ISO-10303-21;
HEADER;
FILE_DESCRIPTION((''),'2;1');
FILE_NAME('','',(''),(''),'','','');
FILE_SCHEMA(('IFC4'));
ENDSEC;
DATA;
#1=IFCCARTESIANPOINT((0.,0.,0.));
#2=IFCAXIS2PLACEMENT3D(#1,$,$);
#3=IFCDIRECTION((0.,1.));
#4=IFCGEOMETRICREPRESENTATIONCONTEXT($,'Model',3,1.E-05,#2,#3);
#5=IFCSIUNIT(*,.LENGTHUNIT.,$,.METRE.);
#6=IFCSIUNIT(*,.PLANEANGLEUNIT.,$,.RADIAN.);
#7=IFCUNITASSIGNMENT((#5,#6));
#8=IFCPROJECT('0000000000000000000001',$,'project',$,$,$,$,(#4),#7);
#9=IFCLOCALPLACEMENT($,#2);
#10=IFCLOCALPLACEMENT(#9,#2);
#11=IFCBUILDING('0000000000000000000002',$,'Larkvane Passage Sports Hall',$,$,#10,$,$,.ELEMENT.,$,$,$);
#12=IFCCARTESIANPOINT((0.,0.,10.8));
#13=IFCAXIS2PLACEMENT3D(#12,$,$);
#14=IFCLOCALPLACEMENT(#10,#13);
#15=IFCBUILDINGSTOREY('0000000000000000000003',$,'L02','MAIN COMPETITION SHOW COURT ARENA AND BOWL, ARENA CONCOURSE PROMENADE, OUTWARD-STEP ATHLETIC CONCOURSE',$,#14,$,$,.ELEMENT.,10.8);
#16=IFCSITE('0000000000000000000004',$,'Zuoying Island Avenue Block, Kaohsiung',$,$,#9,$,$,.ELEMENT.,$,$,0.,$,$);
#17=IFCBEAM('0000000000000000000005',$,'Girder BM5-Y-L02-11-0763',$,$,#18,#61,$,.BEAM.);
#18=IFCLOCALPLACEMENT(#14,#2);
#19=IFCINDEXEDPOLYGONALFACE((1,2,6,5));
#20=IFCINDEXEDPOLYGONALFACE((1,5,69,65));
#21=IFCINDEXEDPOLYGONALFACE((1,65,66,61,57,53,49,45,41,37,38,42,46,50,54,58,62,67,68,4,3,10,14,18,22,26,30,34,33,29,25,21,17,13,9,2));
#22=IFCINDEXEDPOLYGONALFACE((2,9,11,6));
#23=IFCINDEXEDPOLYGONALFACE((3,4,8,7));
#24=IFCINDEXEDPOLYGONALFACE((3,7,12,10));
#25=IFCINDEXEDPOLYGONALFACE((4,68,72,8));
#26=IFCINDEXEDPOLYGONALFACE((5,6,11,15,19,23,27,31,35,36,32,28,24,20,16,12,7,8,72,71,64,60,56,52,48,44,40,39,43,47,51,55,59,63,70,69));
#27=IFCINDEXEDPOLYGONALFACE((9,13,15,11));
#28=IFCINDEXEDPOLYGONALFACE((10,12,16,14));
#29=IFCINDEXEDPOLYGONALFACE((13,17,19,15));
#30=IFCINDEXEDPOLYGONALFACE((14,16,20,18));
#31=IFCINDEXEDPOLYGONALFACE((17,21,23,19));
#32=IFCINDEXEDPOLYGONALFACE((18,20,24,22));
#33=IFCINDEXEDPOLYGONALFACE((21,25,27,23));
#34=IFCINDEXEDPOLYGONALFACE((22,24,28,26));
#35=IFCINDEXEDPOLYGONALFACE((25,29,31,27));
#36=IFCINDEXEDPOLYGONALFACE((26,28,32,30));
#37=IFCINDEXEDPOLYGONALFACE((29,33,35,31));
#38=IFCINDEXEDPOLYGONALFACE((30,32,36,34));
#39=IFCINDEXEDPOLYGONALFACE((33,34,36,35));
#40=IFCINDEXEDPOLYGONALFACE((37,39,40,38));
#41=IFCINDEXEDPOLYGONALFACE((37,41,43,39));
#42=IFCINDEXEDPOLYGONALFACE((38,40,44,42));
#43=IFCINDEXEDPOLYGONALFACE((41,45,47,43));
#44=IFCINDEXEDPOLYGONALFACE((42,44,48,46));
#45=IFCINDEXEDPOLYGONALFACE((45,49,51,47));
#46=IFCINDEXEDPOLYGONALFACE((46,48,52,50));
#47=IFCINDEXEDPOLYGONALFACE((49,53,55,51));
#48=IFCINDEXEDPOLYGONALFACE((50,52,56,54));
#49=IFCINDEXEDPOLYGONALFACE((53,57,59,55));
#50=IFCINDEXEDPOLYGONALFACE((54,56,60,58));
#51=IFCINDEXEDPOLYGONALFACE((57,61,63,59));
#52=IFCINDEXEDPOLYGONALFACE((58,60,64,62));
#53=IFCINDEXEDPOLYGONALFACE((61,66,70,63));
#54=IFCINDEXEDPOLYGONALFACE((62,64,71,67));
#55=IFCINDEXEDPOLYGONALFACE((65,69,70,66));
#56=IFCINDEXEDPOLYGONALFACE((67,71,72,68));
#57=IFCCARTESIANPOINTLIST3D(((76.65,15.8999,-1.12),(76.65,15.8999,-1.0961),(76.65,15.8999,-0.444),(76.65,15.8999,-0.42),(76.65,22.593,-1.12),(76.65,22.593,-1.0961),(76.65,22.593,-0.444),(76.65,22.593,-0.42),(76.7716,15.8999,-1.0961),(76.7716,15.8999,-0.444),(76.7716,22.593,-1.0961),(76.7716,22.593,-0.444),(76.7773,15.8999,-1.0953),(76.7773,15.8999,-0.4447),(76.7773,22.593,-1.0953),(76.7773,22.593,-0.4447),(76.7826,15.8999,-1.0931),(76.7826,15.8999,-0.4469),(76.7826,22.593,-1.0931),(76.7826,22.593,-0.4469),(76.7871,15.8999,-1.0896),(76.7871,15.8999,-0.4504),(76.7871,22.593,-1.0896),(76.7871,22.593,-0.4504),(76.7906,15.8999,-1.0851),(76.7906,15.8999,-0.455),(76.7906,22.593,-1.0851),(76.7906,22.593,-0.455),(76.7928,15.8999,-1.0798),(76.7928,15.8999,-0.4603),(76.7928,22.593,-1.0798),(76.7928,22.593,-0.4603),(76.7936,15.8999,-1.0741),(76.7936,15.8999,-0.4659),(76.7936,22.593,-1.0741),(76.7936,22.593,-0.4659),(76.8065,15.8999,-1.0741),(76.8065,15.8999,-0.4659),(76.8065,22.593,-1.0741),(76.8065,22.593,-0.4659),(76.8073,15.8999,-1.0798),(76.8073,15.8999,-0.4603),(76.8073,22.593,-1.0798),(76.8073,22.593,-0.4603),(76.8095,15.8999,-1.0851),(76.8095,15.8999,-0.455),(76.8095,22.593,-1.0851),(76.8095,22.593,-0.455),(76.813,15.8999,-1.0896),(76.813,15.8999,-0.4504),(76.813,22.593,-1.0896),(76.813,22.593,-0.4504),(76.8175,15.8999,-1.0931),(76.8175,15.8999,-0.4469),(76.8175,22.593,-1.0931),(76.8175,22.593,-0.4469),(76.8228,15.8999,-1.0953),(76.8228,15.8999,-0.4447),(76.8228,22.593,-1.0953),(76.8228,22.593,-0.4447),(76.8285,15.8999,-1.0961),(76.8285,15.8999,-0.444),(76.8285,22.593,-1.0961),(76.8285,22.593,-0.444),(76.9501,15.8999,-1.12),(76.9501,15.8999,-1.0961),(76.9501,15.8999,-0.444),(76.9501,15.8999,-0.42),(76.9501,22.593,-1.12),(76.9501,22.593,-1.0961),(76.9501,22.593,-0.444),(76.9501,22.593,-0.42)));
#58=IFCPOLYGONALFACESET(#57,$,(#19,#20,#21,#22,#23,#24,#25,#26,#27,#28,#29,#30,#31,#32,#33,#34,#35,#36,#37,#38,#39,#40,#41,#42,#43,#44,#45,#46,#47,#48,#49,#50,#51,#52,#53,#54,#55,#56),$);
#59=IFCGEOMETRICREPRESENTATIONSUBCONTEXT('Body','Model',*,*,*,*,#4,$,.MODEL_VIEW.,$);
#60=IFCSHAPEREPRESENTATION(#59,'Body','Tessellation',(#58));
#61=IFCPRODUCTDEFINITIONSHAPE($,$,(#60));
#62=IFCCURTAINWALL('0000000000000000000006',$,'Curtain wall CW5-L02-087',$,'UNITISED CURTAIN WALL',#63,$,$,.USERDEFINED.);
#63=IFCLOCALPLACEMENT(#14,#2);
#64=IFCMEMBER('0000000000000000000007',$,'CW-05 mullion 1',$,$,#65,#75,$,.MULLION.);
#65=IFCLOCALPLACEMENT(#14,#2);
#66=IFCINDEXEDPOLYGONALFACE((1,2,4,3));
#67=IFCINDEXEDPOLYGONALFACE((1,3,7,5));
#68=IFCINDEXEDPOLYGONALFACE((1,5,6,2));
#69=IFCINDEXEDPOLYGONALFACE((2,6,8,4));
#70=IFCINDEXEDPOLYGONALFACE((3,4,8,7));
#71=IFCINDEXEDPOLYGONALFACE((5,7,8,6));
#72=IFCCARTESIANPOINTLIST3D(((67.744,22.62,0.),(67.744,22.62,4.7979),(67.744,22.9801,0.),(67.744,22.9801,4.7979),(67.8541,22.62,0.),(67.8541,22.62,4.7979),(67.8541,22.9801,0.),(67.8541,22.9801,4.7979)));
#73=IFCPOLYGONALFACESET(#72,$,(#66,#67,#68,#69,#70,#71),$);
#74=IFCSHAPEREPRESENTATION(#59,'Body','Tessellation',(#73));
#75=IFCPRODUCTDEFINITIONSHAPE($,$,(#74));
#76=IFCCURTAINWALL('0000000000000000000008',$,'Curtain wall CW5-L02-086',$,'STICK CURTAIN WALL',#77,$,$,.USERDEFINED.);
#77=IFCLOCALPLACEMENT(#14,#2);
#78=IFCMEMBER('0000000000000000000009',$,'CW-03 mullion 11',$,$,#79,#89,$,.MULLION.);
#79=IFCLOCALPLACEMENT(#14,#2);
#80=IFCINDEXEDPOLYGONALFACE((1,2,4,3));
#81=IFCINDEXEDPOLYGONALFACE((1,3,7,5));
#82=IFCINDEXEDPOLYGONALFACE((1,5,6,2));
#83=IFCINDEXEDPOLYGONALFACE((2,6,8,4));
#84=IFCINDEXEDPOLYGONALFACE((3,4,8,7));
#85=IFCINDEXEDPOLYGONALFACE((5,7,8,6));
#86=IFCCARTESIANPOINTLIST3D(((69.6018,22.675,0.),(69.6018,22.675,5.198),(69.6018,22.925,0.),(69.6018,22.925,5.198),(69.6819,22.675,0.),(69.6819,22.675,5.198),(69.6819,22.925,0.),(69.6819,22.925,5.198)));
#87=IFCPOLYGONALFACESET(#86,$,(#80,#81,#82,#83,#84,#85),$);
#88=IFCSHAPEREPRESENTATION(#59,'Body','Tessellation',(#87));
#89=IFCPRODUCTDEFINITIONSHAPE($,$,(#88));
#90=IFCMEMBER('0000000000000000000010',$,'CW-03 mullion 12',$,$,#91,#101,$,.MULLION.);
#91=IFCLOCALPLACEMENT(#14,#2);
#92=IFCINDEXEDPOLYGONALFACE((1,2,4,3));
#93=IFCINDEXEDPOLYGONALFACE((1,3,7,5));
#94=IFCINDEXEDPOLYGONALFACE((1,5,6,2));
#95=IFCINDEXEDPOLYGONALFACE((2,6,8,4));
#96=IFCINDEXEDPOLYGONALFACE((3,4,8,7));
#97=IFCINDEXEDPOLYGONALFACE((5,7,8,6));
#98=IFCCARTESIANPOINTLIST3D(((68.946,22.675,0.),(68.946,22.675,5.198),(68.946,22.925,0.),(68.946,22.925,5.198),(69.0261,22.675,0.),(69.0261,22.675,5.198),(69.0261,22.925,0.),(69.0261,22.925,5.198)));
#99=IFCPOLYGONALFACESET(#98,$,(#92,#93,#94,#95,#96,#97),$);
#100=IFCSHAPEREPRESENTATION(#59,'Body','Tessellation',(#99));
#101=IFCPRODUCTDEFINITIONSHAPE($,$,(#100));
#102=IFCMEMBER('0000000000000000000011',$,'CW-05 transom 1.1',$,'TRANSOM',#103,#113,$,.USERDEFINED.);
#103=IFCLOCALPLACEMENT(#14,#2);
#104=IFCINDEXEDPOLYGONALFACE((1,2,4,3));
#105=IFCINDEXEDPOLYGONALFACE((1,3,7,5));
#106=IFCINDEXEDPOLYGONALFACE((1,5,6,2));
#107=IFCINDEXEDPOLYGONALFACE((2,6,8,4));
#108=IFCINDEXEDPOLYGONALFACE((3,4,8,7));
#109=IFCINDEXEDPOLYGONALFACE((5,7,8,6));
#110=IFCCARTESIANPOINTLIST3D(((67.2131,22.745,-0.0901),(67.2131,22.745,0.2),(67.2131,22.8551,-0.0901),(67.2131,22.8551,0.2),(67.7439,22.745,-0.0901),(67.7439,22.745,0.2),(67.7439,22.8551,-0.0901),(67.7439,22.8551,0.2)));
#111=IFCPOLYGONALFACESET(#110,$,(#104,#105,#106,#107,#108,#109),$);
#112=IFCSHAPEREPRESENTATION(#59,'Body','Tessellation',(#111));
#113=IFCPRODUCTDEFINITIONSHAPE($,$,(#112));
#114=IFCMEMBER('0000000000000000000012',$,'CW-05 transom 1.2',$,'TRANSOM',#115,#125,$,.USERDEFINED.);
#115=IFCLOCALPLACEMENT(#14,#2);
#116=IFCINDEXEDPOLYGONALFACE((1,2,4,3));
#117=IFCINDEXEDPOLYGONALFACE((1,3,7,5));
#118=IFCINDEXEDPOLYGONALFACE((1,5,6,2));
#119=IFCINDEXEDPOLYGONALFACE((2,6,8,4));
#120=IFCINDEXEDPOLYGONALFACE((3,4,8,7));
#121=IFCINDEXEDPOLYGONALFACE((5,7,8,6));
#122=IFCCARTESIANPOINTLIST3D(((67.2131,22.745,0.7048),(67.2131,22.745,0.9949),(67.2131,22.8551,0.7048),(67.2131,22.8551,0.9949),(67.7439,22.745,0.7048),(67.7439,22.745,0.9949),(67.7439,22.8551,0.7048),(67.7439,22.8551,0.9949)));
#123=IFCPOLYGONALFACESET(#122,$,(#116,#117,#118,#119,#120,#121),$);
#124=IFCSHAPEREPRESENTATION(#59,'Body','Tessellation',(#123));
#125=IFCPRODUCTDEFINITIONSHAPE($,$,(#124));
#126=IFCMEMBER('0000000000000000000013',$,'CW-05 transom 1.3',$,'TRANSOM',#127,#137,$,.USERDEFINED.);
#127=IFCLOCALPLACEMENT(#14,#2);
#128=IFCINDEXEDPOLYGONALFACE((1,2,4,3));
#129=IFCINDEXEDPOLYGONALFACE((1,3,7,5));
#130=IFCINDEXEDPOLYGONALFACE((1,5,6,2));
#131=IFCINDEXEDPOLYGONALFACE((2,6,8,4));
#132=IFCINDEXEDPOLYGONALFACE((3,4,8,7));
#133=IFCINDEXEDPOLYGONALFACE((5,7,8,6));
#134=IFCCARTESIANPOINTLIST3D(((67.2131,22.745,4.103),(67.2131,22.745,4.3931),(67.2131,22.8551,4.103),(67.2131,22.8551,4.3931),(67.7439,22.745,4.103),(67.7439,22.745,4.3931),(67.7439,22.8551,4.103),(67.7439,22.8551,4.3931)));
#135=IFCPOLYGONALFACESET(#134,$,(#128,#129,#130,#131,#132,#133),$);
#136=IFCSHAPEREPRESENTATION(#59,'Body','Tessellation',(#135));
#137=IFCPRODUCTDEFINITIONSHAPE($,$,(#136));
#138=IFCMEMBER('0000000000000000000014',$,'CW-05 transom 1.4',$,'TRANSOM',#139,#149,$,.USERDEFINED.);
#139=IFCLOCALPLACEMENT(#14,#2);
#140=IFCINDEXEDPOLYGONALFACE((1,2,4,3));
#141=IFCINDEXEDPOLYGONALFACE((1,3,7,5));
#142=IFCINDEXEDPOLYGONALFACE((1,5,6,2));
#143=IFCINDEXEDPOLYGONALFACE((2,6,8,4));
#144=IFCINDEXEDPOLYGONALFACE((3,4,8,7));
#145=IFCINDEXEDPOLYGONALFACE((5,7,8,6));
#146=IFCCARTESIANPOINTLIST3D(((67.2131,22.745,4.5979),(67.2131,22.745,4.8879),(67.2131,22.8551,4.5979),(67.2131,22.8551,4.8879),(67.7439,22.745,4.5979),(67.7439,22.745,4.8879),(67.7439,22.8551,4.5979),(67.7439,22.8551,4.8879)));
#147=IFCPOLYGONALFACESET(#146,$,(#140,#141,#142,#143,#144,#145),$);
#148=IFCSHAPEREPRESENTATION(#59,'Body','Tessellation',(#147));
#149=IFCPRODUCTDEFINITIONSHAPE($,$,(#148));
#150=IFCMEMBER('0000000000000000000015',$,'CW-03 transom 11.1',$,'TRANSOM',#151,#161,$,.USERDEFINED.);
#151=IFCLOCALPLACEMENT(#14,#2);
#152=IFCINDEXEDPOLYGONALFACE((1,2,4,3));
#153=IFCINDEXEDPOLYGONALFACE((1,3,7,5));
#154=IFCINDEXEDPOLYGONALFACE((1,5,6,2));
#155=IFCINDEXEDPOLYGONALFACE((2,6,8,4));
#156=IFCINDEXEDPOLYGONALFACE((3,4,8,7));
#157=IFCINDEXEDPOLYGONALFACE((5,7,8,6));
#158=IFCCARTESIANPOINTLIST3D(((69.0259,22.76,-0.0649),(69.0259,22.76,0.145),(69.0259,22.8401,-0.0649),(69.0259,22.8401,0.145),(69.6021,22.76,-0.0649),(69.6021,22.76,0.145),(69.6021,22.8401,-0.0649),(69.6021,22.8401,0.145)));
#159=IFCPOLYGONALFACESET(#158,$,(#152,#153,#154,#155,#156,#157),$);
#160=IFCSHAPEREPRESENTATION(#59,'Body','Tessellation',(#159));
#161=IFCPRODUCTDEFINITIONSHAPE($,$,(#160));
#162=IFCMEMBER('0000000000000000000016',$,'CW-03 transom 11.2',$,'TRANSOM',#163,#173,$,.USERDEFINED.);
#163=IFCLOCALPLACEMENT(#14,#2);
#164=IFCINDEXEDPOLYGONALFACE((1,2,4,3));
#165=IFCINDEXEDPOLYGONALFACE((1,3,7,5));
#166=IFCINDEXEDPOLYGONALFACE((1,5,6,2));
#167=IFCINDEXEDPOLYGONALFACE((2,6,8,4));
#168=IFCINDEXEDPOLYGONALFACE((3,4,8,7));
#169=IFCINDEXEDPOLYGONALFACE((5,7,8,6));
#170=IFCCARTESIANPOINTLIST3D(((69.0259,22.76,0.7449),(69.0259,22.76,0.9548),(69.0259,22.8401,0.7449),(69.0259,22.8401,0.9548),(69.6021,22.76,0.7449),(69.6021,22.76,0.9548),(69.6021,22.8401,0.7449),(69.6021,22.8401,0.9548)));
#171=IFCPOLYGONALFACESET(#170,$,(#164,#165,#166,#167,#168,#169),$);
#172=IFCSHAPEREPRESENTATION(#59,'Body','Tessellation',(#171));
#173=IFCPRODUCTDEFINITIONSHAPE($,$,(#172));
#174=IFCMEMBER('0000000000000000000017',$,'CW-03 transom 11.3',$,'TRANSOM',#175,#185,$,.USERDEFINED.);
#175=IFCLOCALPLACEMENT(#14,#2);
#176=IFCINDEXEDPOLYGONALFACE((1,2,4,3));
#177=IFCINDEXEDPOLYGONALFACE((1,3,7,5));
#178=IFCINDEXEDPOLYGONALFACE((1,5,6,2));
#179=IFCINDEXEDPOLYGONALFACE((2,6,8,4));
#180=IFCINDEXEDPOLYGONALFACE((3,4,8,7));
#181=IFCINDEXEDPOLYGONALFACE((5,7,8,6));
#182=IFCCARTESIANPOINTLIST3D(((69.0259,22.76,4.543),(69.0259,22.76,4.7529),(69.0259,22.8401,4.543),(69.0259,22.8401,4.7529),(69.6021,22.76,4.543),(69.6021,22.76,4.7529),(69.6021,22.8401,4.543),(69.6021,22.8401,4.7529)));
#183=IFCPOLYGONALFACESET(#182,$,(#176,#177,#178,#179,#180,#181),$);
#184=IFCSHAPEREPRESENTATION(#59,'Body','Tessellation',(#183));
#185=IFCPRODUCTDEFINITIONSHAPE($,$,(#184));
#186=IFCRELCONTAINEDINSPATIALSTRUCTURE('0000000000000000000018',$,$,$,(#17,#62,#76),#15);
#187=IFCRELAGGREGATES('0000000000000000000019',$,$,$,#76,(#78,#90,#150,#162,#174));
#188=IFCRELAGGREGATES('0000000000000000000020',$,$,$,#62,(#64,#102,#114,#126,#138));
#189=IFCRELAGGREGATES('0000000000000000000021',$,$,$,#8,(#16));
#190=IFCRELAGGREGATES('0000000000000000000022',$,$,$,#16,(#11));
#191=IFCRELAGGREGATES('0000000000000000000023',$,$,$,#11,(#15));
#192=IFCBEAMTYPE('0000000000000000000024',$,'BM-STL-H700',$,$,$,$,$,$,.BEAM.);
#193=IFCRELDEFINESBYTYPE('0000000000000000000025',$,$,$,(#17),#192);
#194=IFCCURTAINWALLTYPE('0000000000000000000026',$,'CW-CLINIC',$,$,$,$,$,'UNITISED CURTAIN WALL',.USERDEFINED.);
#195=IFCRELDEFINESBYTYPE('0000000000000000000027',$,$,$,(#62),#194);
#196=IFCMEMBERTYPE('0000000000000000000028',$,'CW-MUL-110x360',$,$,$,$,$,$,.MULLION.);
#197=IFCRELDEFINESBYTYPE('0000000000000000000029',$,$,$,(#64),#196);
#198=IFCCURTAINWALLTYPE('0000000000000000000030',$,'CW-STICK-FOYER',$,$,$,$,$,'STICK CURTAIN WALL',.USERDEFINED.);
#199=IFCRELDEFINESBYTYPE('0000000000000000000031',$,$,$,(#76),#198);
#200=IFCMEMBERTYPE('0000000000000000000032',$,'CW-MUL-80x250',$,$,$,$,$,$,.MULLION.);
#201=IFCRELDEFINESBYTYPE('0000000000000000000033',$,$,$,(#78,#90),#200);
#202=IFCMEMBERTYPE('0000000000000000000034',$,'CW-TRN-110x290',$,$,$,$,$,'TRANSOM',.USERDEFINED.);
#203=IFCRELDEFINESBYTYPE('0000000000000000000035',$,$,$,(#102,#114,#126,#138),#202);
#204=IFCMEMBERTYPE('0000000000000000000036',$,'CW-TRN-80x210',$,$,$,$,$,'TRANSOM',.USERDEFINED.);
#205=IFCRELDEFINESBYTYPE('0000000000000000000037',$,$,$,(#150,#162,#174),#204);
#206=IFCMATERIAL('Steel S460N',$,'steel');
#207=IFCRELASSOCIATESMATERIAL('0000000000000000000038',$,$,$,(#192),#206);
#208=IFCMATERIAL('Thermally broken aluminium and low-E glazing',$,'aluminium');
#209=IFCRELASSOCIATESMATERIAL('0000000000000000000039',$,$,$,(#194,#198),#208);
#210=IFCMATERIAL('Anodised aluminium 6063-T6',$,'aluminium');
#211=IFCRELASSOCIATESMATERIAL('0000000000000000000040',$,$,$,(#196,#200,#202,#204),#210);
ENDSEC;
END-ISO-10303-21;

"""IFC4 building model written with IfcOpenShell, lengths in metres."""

from ifc_helpers import new_model, si_unit, direction, frame, origin, origin_2d, place, context, subcontext, project, spatial, rectangle, i_section, extrude, material, material_profile, profile_set, type_object, element, aggregate, save


model = new_model("IFC4")

# Units and contexts
model_context = context("Model", 3, precision=1e-05, world=origin(), true_north=direction((0.0, 1.0)))
body_context = subcontext(model_context, "Body", "Model", "MODEL_VIEW")
ifc_project = project(units=[si_unit("LENGTHUNIT", "METRE"), si_unit("PLANEANGLEUNIT", "RADIAN")], contexts=[model_context])

# Site, building, storey
site_placement = place(None, origin())
site = spatial("IfcSite", under=ifc_project, at=site_placement, Name="Zuoying Island Avenue Block, Kaohsiung", CompositionType="ELEMENT", RefElevation=0.0)
building_placement = place(site_placement, origin())
building = spatial("IfcBuilding", under=site, at=building_placement, Name="Larkvane Passage Sports Hall", CompositionType="ELEMENT")
storey_placement = place(building_placement, frame((0.0, 0.0, 10.8)))
storey = spatial("IfcBuildingStorey", under=building, at=storey_placement, Name="L02", Description="MAIN COMPETITION SHOW COURT ARENA AND BOWL, ARENA CONCOURSE PROMENADE, OUTWARD-STEP ATHLETIC CONCOURSE", CompositionType="ELEMENT", Elevation=10.8)

# Beam
ifc_material_1 = material(Name="Steel S460N", Category="steel")
ifc_material_profile_1 = material_profile(ifc_material_1, i_section(OverallWidth=0.3, OverallDepth=0.7, WebThickness=0.0129, FlangeThickness=0.0239, FilletRadius=0.022, at=origin_2d()), Name="H-700x300x13x24")
ifc_profile_set_1 = profile_set([ifc_material_profile_1], Name="Steel S460N")
beam_type_1 = type_object("IfcBeamType", Name="BM-STL-H700", PredefinedType="BEAM", material=ifc_profile_set_1)
beam_1_placement = place(storey_placement, frame((76.8, 15.8999, -0.77), z_axis=(0.0, 1.0, 0.0), x_axis=(-1.0, 0.0, 0.0)))
element("IfcBeam", 1, at=beam_1_placement, inside=storey, type_object=beam_type_1, Name="Girder BM5-Y-L02-11-0763", PredefinedType="BEAM", context=body_context, shape_type="SweptSolid", body=[
    extrude(i_section(OverallWidth=0.3, OverallDepth=0.7, WebThickness=0.0129, FlangeThickness=0.0239, FilletRadius=0.022, at=origin_2d()), origin(), (0.0, 0.0, 1.0), 6.6931),
])

# Curtain wall, member
ifc_material_2 = material(Name="Thermally broken aluminium and low-E glazing", Category="aluminium")
curtain_wall_type_1 = type_object("IfcCurtainWallType", Name="CW-CLINIC", ElementType="UNITISED CURTAIN WALL", PredefinedType="USERDEFINED", material=ifc_material_2)
curtain_wall_1_placement = place(storey_placement, origin())
curtain_wall_1 = element("IfcCurtainWall", 2, at=curtain_wall_1_placement, inside=storey, type_object=curtain_wall_type_1, Name="Curtain wall CW5-L02-087", ObjectType="UNITISED CURTAIN WALL", PredefinedType="USERDEFINED")
ifc_material_3 = material(Name="Anodised aluminium 6063-T6", Category="aluminium")
ifc_material_profile_2 = material_profile(ifc_material_3, rectangle(XDim=0.1101, YDim=0.3601, at=origin_2d()), Name="ALU-MUL-110x360")
ifc_profile_set_2 = profile_set([ifc_material_profile_2], Name="Anodised aluminium 6063-T6")
member_type_1 = type_object("IfcMemberType", Name="CW-MUL-110x360", PredefinedType="MULLION", material=ifc_profile_set_2)
member_1_placement = place(storey_placement, frame((67.7991, 22.8, 0.0), z_axis=(0.0, 0.0, 1.0), x_axis=(-1.0, 0.0, 0.0)))
member_1 = element("IfcMember", 3, at=member_1_placement, type_object=member_type_1, Name="CW-05 mullion 1", PredefinedType="MULLION", context=body_context, shape_type="SweptSolid", body=[
    extrude(rectangle(XDim=0.1101, YDim=0.3601, at=origin_2d()), origin(), (0.0, 0.0, 1.0), 4.7979),
])

# Curtain wall, members
curtain_wall_type_2 = type_object("IfcCurtainWallType", Name="CW-STICK-FOYER", ElementType="STICK CURTAIN WALL", PredefinedType="USERDEFINED", material=ifc_material_2)
curtain_wall_2_placement = place(storey_placement, origin())
curtain_wall_2 = element("IfcCurtainWall", 4, at=curtain_wall_2_placement, inside=storey, type_object=curtain_wall_type_2, Name="Curtain wall CW5-L02-086", ObjectType="STICK CURTAIN WALL", PredefinedType="USERDEFINED")
ifc_material_profile_3 = material_profile(ifc_material_3, rectangle(XDim=0.0801, YDim=0.25, at=origin_2d()), Name="ALU-MUL-80x250")
ifc_profile_set_3 = profile_set([ifc_material_profile_3], Name="Anodised aluminium 6063-T6")
member_type_2 = type_object("IfcMemberType", Name="CW-MUL-80x250", PredefinedType="MULLION", material=ifc_profile_set_3)
member_2_placement = place(storey_placement, frame((69.6418, 22.8, 0.0), z_axis=(0.0, 0.0, 1.0), x_axis=(-1.0, 0.0, 0.0)))
member_2 = element("IfcMember", 5, at=member_2_placement, type_object=member_type_2, Name="CW-03 mullion 11", PredefinedType="MULLION", context=body_context, shape_type="SweptSolid", body=[
    extrude(rectangle(XDim=0.0801, YDim=0.25, at=origin_2d()), origin(), (0.0, 0.0, 1.0), 5.198),
])
member_3_placement = place(storey_placement, frame((68.9861, 22.8, 0.0), z_axis=(0.0, 0.0, 1.0), x_axis=(-1.0, 0.0, 0.0)))
member_3 = element("IfcMember", 6, at=member_3_placement, type_object=member_type_2, Name="CW-03 mullion 12", PredefinedType="MULLION", context=body_context, shape_type="SweptSolid", body=[
    extrude(rectangle(XDim=0.0801, YDim=0.25, at=origin_2d()), origin(), (0.0, 0.0, 1.0), 5.198),
])

# Members
ifc_material_profile_4 = material_profile(ifc_material_3, rectangle(XDim=0.1101, YDim=0.29, at=origin_2d()), Name="ALU-TRN-110x290")
ifc_profile_set_4 = profile_set([ifc_material_profile_4], Name="Anodised aluminium 6063-T6")
member_type_3 = type_object("IfcMemberType", Name="CW-TRN-110x290", ElementType="TRANSOM", PredefinedType="USERDEFINED", material=ifc_profile_set_4)
member_4_placement = place(storey_placement, frame((67.7439, 22.8, 0.0549), z_axis=(-1.0, 0.0, 0.0), x_axis=(0.0, -1.0, 0.0)))
member_4 = element("IfcMember", 7, at=member_4_placement, type_object=member_type_3, Name="CW-05 transom 1.1", ObjectType="TRANSOM", PredefinedType="USERDEFINED", context=body_context, shape_type="SweptSolid", body=[
    extrude(rectangle(XDim=0.1101, YDim=0.29, at=origin_2d()), origin(), (0.0, 0.0, 1.0), 0.5308),
])
member_5_placement = place(storey_placement, frame((67.7439, 22.8, 0.8499), z_axis=(-1.0, 0.0, 0.0), x_axis=(0.0, -1.0, 0.0)))
member_5 = element("IfcMember", 8, at=member_5_placement, type_object=member_type_3, Name="CW-05 transom 1.2", ObjectType="TRANSOM", PredefinedType="USERDEFINED", context=body_context, shape_type="SweptSolid", body=[
    extrude(rectangle(XDim=0.1101, YDim=0.29, at=origin_2d()), origin(), (0.0, 0.0, 1.0), 0.5308),
])
member_6_placement = place(storey_placement, frame((67.7439, 22.8, 4.248), z_axis=(-1.0, 0.0, 0.0), x_axis=(0.0, -1.0, 0.0)))
member_6 = element("IfcMember", 9, at=member_6_placement, type_object=member_type_3, Name="CW-05 transom 1.3", ObjectType="TRANSOM", PredefinedType="USERDEFINED", context=body_context, shape_type="SweptSolid", body=[
    extrude(rectangle(XDim=0.1101, YDim=0.29, at=origin_2d()), origin(), (0.0, 0.0, 1.0), 0.5308),
])
member_7_placement = place(storey_placement, frame((67.7439, 22.8, 4.7429), z_axis=(-1.0, 0.0, 0.0), x_axis=(0.0, -1.0, 0.0)))
member_7 = element("IfcMember", 10, at=member_7_placement, type_object=member_type_3, Name="CW-05 transom 1.4", ObjectType="TRANSOM", PredefinedType="USERDEFINED", context=body_context, shape_type="SweptSolid", body=[
    extrude(rectangle(XDim=0.1101, YDim=0.29, at=origin_2d()), origin(), (0.0, 0.0, 1.0), 0.5308),
])
ifc_material_profile_5 = material_profile(ifc_material_3, rectangle(XDim=0.0801, YDim=0.21, at=origin_2d()), Name="ALU-TRN-80x210")
ifc_profile_set_5 = profile_set([ifc_material_profile_5], Name="Anodised aluminium 6063-T6")
member_type_4 = type_object("IfcMemberType", Name="CW-TRN-80x210", ElementType="TRANSOM", PredefinedType="USERDEFINED", material=ifc_profile_set_5)
member_8_placement = place(storey_placement, frame((69.6021, 22.8, 0.04), z_axis=(-1.0, 0.0, 0.0), x_axis=(0.0, -1.0, 0.0)))
member_8 = element("IfcMember", 11, at=member_8_placement, type_object=member_type_4, Name="CW-03 transom 11.1", ObjectType="TRANSOM", PredefinedType="USERDEFINED", context=body_context, shape_type="SweptSolid", body=[
    extrude(rectangle(XDim=0.0801, YDim=0.21, at=origin_2d()), origin(), (0.0, 0.0, 1.0), 0.5762),
])
member_9_placement = place(storey_placement, frame((69.6021, 22.8, 0.8499), z_axis=(-1.0, 0.0, 0.0), x_axis=(0.0, -1.0, 0.0)))
member_9 = element("IfcMember", 12, at=member_9_placement, type_object=member_type_4, Name="CW-03 transom 11.2", ObjectType="TRANSOM", PredefinedType="USERDEFINED", context=body_context, shape_type="SweptSolid", body=[
    extrude(rectangle(XDim=0.0801, YDim=0.21, at=origin_2d()), origin(), (0.0, 0.0, 1.0), 0.5762),
])
member_10_placement = place(storey_placement, frame((69.6021, 22.8, 4.6479), z_axis=(-1.0, 0.0, 0.0), x_axis=(0.0, -1.0, 0.0)))
member_10 = element("IfcMember", 13, at=member_10_placement, type_object=member_type_4, Name="CW-03 transom 11.3", ObjectType="TRANSOM", PredefinedType="USERDEFINED", context=body_context, shape_type="SweptSolid", body=[
    extrude(rectangle(XDim=0.0801, YDim=0.21, at=origin_2d()), origin(), (0.0, 0.0, 1.0), 0.5762),
])

aggregate(curtain_wall_2, [member_2, member_3, member_8, member_9, member_10])
aggregate(curtain_wall_1, [member_1, member_4, member_5, member_6, member_7])

save(model, "model.ifc")
